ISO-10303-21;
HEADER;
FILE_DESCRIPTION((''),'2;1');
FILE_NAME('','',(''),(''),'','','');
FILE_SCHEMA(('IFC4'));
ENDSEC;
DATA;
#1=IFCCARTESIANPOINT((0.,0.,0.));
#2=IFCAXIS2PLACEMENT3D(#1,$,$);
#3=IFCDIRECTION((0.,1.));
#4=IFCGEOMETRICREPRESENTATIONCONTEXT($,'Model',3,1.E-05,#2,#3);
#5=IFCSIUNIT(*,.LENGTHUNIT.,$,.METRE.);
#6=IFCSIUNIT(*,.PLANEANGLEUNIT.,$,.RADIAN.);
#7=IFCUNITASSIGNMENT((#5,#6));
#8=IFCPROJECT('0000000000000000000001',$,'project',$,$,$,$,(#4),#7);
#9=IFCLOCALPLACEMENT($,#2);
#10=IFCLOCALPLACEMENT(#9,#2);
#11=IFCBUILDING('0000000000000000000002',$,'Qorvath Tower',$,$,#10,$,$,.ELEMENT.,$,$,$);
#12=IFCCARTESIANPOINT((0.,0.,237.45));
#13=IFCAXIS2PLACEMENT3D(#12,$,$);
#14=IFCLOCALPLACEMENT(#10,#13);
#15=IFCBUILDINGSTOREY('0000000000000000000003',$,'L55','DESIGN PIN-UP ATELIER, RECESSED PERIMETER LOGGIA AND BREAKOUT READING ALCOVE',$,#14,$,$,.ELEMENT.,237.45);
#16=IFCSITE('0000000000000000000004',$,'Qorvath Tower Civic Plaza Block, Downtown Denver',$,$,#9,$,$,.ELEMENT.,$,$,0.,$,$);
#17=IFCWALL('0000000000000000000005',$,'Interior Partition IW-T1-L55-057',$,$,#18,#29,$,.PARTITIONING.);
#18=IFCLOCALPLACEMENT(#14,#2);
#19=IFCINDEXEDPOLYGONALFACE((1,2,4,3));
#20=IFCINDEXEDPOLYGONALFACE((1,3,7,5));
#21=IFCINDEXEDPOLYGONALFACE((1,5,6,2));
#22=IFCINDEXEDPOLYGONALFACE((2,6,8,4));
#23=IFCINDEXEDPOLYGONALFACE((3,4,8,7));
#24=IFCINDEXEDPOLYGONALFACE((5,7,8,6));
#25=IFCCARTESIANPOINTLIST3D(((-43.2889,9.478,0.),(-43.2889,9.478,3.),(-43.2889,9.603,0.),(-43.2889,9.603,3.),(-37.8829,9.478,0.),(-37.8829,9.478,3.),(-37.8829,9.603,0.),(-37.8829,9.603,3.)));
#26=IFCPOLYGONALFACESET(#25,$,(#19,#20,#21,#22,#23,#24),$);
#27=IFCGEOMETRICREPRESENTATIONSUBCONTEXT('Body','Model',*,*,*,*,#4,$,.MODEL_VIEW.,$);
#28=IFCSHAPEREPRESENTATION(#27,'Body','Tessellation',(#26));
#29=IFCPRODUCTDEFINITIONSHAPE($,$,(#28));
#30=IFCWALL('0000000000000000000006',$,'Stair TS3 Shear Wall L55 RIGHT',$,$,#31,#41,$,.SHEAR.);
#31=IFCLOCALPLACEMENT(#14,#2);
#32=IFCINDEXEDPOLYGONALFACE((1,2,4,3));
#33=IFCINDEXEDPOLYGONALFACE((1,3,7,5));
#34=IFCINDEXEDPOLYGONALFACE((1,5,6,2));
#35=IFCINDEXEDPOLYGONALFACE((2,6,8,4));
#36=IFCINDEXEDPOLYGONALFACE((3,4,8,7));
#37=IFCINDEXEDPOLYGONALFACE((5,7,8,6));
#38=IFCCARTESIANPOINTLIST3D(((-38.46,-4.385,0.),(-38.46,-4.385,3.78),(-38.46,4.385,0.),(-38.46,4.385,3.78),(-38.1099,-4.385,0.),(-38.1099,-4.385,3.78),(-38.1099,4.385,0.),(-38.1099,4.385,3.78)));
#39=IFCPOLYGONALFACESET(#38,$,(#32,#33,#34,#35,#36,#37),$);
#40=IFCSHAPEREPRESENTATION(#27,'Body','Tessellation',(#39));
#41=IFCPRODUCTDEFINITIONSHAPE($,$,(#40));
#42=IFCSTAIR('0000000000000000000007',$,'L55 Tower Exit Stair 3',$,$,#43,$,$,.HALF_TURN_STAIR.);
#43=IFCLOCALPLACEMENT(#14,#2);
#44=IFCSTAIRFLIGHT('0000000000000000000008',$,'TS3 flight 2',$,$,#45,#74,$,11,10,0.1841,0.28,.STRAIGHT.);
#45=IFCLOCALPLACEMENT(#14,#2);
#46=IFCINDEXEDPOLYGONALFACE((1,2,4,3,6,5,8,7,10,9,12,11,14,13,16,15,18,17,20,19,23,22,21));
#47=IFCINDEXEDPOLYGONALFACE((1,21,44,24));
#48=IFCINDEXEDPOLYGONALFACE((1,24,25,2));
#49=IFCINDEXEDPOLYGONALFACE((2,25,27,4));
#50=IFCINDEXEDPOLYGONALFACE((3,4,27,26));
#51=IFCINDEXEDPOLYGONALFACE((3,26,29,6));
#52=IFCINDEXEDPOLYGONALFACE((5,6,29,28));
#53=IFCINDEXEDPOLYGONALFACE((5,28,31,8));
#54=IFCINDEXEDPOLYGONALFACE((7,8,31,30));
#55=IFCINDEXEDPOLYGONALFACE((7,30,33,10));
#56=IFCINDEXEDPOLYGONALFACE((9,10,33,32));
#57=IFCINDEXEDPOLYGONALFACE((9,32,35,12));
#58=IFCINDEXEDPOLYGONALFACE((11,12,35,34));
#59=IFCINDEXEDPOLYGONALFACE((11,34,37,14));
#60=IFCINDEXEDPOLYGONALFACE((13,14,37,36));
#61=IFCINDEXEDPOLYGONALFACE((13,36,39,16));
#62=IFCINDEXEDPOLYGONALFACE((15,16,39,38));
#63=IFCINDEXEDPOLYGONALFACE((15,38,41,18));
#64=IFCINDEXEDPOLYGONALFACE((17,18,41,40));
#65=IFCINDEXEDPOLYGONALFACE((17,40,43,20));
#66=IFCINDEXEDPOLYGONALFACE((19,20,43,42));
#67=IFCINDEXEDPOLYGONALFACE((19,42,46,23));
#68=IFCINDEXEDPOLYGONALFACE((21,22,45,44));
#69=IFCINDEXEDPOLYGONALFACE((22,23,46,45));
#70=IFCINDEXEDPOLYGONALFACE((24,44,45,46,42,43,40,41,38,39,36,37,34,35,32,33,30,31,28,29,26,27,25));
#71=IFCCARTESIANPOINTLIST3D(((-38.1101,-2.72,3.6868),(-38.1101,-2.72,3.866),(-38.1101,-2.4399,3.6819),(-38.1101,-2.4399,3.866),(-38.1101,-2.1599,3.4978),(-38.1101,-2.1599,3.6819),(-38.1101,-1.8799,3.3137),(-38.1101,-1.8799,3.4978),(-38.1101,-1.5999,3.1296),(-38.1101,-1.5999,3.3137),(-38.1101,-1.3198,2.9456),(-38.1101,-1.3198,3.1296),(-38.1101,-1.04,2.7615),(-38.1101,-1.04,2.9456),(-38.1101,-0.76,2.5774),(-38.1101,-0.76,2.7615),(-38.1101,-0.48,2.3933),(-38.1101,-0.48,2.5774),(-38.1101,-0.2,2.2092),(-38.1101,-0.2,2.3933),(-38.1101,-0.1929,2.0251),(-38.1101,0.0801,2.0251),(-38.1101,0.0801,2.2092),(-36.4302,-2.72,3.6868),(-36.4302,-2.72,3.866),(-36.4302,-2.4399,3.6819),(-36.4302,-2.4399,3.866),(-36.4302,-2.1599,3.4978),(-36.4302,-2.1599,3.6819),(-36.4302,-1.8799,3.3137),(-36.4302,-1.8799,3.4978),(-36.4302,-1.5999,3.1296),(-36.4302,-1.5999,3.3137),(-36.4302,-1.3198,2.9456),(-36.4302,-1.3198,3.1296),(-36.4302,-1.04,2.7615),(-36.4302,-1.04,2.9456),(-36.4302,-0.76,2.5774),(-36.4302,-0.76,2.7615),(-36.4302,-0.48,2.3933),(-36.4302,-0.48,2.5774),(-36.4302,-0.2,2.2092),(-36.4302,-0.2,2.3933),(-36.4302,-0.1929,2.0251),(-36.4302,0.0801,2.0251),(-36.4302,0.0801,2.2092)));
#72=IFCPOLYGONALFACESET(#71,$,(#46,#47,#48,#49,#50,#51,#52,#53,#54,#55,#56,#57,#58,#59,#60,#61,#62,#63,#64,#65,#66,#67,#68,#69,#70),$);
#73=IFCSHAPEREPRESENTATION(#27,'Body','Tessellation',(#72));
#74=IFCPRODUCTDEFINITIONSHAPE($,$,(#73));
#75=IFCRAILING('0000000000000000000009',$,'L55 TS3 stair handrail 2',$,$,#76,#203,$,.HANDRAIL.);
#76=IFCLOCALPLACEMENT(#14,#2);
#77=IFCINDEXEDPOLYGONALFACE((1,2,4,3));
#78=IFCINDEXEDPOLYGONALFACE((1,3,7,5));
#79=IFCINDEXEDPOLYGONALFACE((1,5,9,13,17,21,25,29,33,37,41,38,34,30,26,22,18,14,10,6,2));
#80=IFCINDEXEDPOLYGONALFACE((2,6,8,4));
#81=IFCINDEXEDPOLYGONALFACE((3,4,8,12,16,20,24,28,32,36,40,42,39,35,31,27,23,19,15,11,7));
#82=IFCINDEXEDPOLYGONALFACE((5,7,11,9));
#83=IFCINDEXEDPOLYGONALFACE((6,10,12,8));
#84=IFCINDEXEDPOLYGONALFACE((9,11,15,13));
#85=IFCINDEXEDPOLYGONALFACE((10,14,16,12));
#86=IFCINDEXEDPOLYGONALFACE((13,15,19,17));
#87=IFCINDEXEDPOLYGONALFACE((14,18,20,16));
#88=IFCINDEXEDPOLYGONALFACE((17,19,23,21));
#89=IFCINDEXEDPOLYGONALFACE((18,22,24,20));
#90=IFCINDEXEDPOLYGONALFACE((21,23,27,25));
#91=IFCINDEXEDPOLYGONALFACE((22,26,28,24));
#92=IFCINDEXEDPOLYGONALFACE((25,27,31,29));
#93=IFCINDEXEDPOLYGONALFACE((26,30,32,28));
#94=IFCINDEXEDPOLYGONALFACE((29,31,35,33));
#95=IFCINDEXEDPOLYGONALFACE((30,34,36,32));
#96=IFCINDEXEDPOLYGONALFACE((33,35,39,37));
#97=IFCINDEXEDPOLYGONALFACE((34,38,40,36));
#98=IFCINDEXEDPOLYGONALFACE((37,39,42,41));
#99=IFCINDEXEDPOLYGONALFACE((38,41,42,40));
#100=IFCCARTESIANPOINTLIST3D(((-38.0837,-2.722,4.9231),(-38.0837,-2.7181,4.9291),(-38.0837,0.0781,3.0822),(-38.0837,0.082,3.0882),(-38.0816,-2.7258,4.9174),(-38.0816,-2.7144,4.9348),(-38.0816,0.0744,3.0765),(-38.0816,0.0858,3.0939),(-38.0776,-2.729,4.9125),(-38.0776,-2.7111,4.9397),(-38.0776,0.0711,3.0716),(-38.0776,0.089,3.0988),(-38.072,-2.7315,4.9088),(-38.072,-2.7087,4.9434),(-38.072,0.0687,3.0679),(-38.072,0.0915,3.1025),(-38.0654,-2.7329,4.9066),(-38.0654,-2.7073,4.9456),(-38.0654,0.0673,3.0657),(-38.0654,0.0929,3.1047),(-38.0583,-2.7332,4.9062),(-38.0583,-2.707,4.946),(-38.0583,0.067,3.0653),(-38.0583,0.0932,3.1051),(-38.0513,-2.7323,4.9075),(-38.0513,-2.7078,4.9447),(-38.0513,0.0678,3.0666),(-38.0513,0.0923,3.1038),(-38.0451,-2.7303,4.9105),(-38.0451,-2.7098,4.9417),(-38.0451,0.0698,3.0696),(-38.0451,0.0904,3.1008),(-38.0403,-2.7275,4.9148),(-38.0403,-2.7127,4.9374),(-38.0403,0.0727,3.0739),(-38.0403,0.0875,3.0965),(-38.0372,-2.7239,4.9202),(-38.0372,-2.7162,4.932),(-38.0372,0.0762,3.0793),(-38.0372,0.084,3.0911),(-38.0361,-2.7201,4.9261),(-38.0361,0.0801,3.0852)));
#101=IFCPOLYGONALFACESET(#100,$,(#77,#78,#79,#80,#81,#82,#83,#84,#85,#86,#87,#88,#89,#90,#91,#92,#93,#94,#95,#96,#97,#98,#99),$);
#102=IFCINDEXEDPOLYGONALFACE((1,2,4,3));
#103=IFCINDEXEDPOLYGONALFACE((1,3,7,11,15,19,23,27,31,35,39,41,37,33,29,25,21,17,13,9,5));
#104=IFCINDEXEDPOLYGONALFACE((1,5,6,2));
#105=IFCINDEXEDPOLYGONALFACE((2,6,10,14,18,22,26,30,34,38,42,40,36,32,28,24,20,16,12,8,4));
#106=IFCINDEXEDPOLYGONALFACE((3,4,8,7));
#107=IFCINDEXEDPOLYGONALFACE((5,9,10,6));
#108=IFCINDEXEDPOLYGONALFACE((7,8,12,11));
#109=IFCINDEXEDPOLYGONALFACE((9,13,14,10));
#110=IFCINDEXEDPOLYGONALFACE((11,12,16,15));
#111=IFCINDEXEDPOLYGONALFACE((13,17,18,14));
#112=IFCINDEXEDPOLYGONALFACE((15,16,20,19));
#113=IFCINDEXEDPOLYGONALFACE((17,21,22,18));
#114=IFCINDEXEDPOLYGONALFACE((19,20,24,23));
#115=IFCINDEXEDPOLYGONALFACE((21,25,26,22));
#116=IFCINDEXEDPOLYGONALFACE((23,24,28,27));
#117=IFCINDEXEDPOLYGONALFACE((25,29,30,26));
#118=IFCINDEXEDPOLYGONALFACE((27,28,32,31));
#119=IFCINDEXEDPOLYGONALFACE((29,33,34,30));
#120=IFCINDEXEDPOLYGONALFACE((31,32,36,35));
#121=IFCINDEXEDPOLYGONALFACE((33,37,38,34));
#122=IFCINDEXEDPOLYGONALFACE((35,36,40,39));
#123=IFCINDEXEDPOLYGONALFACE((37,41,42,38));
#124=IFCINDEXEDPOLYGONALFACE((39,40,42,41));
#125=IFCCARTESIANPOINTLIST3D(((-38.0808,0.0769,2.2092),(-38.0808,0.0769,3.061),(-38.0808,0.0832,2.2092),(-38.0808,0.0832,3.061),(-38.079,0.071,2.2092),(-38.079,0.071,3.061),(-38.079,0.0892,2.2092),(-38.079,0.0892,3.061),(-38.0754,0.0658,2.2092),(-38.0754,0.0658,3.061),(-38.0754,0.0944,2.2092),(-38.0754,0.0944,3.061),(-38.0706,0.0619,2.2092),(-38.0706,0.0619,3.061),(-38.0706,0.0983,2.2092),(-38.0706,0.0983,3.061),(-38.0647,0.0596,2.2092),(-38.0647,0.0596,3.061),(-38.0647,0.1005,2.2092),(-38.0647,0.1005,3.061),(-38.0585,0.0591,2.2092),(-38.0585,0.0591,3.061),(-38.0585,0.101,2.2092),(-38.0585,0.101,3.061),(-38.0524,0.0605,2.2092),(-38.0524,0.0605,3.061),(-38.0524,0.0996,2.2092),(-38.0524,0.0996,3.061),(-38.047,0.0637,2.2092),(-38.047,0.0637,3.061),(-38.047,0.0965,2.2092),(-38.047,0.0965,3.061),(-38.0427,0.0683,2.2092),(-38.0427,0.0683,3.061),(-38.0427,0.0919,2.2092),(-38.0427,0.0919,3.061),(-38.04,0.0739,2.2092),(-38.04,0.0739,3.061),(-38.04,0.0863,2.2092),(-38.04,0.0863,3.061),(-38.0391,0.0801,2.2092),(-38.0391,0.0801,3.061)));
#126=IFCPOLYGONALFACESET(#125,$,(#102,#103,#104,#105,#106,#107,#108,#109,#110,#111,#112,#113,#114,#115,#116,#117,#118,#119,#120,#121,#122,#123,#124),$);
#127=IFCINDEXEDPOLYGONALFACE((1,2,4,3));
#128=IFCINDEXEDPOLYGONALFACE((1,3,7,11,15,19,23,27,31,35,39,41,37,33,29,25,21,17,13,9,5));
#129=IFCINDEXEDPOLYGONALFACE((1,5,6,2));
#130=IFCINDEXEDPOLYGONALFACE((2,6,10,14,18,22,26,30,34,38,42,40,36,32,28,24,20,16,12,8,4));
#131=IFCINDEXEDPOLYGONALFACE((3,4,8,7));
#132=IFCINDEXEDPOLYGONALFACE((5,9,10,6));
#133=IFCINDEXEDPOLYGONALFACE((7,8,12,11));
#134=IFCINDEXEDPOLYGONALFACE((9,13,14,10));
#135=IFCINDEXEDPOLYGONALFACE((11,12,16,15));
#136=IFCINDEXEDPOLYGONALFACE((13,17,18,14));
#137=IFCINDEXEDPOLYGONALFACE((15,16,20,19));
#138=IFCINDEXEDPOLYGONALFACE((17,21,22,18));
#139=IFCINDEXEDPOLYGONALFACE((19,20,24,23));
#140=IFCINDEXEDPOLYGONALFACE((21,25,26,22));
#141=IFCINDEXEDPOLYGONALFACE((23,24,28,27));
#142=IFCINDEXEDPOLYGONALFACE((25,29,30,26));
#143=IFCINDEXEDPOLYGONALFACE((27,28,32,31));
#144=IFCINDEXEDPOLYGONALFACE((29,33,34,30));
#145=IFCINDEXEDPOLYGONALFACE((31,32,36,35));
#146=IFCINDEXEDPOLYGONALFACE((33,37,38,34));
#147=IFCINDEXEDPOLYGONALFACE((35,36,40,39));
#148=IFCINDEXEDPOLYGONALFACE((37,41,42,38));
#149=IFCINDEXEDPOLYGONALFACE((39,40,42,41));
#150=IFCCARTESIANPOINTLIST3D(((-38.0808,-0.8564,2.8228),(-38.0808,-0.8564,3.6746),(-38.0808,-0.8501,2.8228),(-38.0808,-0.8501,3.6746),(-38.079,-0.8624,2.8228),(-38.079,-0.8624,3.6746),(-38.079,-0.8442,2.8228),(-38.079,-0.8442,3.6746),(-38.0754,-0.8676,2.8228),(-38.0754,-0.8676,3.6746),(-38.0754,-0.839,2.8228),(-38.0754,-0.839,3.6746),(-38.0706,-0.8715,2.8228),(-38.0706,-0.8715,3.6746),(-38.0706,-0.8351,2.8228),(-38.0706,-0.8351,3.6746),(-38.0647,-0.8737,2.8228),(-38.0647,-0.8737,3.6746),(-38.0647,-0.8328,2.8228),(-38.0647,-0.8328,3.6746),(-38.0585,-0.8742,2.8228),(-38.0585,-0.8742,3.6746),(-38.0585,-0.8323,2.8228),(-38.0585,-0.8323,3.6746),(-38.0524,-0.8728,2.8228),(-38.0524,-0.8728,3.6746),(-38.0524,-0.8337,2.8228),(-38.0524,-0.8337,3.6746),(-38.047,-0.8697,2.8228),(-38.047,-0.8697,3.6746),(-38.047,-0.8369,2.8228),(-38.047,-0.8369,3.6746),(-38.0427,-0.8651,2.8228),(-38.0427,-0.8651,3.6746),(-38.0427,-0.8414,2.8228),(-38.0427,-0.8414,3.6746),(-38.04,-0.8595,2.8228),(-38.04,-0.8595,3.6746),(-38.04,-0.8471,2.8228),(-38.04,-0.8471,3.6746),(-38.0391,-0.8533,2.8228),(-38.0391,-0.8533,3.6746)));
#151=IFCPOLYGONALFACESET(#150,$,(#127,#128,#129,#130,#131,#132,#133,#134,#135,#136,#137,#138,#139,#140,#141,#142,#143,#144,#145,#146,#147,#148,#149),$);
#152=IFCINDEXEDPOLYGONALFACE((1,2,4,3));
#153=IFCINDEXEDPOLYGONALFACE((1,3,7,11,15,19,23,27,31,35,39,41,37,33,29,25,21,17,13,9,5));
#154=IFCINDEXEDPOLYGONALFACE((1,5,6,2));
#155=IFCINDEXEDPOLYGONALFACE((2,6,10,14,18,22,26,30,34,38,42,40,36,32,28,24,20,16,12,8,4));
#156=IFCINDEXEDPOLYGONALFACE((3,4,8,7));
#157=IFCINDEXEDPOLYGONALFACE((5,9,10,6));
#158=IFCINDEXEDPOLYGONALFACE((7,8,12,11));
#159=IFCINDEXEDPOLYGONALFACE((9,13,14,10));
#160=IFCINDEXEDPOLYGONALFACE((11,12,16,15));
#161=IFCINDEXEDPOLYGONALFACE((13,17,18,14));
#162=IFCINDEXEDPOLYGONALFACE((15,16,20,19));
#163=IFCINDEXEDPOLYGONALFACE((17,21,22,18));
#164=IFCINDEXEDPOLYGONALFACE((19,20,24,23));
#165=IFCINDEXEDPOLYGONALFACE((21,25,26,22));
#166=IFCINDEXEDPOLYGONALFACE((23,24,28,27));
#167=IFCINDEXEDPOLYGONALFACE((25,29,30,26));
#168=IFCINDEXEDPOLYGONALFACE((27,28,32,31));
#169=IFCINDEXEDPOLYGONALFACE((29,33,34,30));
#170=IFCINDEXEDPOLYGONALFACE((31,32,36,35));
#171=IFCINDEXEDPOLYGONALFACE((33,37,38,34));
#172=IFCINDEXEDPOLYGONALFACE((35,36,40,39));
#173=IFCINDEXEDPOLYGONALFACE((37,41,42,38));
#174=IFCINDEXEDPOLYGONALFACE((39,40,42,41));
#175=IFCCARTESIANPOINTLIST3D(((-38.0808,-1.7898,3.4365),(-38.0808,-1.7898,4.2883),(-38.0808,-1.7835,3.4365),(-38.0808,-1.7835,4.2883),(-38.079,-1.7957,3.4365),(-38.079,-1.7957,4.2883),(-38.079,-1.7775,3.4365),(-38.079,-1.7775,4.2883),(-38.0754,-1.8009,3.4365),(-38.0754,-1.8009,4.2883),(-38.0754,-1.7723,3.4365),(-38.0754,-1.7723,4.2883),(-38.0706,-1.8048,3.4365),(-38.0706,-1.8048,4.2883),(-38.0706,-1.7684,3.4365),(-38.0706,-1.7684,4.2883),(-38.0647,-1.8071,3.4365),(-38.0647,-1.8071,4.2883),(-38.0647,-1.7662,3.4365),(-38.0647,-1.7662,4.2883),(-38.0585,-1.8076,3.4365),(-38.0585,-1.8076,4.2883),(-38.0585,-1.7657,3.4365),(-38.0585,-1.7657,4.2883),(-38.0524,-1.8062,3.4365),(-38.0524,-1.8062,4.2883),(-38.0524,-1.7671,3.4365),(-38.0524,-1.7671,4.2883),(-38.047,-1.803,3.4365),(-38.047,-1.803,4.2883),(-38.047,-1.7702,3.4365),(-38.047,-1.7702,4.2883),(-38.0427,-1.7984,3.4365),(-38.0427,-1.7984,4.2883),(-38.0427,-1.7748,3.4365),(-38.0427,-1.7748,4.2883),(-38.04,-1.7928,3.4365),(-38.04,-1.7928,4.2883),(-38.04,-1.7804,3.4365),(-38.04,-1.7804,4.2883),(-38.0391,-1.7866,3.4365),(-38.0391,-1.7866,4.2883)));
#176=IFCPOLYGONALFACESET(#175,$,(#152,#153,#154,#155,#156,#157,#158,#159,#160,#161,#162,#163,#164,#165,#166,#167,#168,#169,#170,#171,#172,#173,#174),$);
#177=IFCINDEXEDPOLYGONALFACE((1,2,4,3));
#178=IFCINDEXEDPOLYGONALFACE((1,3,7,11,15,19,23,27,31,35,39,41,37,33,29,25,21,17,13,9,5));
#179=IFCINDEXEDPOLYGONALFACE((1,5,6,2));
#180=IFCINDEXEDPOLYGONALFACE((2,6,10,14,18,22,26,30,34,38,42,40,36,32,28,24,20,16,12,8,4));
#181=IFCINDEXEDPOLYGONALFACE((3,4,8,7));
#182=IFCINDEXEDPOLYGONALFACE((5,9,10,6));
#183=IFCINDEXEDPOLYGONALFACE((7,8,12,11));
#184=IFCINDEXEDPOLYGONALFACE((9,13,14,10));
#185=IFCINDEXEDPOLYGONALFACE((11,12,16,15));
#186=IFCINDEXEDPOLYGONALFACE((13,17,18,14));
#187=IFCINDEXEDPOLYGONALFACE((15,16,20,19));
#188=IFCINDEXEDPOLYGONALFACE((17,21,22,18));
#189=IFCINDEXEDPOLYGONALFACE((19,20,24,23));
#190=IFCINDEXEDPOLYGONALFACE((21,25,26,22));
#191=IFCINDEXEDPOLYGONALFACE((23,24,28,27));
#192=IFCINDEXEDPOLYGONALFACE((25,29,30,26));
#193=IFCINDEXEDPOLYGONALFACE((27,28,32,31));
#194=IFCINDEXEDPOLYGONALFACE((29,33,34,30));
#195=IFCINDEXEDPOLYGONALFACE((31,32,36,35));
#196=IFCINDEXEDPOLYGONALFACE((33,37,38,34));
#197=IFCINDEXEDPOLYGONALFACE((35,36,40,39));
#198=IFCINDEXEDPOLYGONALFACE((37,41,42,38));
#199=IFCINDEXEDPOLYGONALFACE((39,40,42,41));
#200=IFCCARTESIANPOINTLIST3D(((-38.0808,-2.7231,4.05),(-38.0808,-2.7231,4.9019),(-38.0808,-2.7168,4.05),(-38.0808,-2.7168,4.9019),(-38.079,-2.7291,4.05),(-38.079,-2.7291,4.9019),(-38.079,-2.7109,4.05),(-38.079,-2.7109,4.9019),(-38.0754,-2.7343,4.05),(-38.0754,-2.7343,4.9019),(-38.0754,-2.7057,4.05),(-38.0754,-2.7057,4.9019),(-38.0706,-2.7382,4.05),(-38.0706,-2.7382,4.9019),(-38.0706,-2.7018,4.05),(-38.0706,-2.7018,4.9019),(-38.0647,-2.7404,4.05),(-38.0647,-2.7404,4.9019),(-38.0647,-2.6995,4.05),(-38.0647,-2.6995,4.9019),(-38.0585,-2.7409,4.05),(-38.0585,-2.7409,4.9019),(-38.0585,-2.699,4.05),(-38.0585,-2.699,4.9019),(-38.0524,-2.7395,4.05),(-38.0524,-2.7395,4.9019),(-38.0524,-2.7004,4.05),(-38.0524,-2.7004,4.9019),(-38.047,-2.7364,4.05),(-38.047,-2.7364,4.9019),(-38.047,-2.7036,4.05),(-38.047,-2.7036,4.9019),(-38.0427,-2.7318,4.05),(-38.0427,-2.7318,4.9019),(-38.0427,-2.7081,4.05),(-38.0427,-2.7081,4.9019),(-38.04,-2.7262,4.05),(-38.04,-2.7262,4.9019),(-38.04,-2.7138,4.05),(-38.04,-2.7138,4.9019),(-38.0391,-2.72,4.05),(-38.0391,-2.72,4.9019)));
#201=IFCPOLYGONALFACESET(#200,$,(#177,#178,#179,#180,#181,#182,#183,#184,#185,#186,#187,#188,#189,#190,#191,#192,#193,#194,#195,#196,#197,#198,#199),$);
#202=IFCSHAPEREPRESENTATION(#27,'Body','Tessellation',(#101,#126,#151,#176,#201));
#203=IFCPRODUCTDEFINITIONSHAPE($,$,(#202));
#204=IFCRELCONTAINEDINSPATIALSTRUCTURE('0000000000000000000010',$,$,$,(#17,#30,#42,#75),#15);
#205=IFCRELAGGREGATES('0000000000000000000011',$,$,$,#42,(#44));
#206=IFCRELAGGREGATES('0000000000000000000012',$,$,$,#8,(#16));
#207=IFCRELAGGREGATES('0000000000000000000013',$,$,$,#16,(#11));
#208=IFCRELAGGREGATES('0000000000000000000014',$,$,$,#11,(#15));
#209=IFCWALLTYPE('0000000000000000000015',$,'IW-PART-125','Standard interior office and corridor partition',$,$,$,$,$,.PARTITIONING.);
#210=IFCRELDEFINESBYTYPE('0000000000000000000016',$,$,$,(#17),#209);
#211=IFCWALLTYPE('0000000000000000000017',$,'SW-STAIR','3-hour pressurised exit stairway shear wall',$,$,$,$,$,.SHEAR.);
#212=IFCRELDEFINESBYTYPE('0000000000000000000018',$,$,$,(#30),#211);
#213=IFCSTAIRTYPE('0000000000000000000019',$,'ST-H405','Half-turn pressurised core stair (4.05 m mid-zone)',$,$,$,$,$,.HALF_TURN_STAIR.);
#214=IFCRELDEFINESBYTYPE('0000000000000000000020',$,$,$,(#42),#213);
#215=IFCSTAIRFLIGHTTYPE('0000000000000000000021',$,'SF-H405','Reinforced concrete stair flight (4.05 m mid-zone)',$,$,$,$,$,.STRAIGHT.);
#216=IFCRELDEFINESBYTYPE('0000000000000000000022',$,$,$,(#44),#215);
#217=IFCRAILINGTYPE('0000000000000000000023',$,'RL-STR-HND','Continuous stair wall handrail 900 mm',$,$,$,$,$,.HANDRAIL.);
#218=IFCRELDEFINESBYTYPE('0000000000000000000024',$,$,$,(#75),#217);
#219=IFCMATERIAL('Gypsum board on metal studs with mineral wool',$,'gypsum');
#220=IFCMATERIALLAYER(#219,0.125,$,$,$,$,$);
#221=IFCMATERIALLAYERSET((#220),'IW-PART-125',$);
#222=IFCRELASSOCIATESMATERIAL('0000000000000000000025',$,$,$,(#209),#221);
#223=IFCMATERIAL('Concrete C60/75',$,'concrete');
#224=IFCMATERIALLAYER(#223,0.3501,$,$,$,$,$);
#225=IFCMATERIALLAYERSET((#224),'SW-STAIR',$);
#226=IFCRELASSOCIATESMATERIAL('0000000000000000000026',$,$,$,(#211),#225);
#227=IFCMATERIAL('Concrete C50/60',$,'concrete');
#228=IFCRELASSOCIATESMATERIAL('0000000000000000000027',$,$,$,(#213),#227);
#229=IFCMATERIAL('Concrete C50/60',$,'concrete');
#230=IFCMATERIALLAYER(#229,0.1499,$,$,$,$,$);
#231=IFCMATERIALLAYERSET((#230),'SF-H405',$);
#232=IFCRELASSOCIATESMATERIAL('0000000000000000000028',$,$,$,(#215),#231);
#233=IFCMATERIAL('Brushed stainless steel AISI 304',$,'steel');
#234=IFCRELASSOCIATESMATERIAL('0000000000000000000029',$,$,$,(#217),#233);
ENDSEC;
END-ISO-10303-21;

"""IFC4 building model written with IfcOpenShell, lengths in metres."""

from ifc_helpers import new_model, si_unit, direction, frame, frame_2d, origin, origin_2d, place, context, subcontext, project, spatial, polyline, rectangle, circle, outline, extrude, material, layer, layer_set, type_object, element, aggregate, save


model = new_model("IFC4")

# Units and contexts
model_context = context("Model", 3, precision=1e-05, world=origin(), true_north=direction((0.0, 1.0)))
body_context = subcontext(model_context, "Body", "Model", "MODEL_VIEW")
ifc_project = project(units=[si_unit("LENGTHUNIT", "METRE"), si_unit("PLANEANGLEUNIT", "RADIAN")], contexts=[model_context])

# Site, building, storey
site_placement = place(None, origin())
site = spatial("IfcSite", under=ifc_project, at=site_placement, Name="Qorvath Tower Civic Plaza Block, Downtown Denver", CompositionType="ELEMENT", RefElevation=0.0)
building_placement = place(site_placement, origin())
building = spatial("IfcBuilding", under=site, at=building_placement, Name="Qorvath Tower", CompositionType="ELEMENT")
storey_placement = place(building_placement, frame((0.0, 0.0, 237.45)))
storey = spatial("IfcBuildingStorey", under=building, at=storey_placement, Name="L55", Description="DESIGN PIN-UP ATELIER, RECESSED PERIMETER LOGGIA AND BREAKOUT READING ALCOVE", CompositionType="ELEMENT", Elevation=237.45)

# Shared definitions
ifc_material_1 = material(Name="Gypsum board on metal studs with mineral wool", Category="gypsum")
ifc_layer_1 = layer(ifc_material_1, 0.125)
ifc_layer_set_1 = layer_set([ifc_layer_1], Name="IW-PART-125")
wall_type_1 = type_object("IfcWallType", Name="IW-PART-125", Description="Standard interior office and corridor partition", PredefinedType="PARTITIONING", material=ifc_layer_set_1)

# Walls
wall_1_placement = place(storey_placement, frame((-37.8828, 9.5405, 0.0), z_axis=(0.0, 0.0, 1.0), x_axis=(-1.0, 0.0, 0.0)))
element("IfcWall", 1, at=wall_1_placement, inside=storey, type_object=wall_type_1, Name="Interior Partition IW-T1-L55-057", PredefinedType="PARTITIONING", context=body_context, shape_type="SweptSolid", body=[
    extrude(rectangle(XDim=5.406, YDim=0.125, at=frame_2d((2.7031, 0.0))), origin(), (0.0, 0.0, 1.0), 3.0),
])
ifc_material_2 = material(Name="Concrete C60/75", Category="concrete")
ifc_layer_2 = layer(ifc_material_2, 0.3501)
ifc_layer_set_2 = layer_set([ifc_layer_2], Name="SW-STAIR")
wall_type_2 = type_object("IfcWallType", Name="SW-STAIR", Description="3-hour pressurised exit stairway shear wall", PredefinedType="SHEAR", material=ifc_layer_set_2)
wall_2_placement = place(storey_placement, frame((-38.2849, 4.385, 0.0), z_axis=(0.0, 0.0, 1.0), x_axis=(0.0, -1.0, 0.0)))
element("IfcWall", 2, at=wall_2_placement, inside=storey, type_object=wall_type_2, Name="Stair TS3 Shear Wall L55 RIGHT", PredefinedType="SHEAR", context=body_context, shape_type="SweptSolid", body=[
    extrude(rectangle(XDim=8.77, YDim=0.3501, at=frame_2d((4.385, 0.0))), origin(), (0.0, 0.0, 1.0), 3.78),
])

# Stair, stair flight
ifc_material_3 = material(Name="Concrete C50/60", Category="concrete")
stair_type = type_object("IfcStairType", Name="ST-H405", Description="Half-turn pressurised core stair (4.05 m mid-zone)", PredefinedType="HALF_TURN_STAIR", material=ifc_material_3)
stair_placement = place(storey_placement, origin())
stair = element("IfcStair", 3, at=stair_placement, inside=storey, type_object=stair_type, Name="L55 Tower Exit Stair 3", PredefinedType="HALF_TURN_STAIR")
ifc_material_4 = material(Name="Concrete C50/60", Category="concrete")
ifc_layer_3 = layer(ifc_material_4, 0.1499)
ifc_layer_set_3 = layer_set([ifc_layer_3], Name="SF-H405")
stair_flight_type = type_object("IfcStairFlightType", Name="SF-H405", Description="Reinforced concrete stair flight (4.05 m mid-zone)", PredefinedType="STRAIGHT", material=ifc_layer_set_3)
stair_flight_placement = place(storey_placement, frame((-37.27, 0.0801, 2.0251), z_axis=(0.0, 0.0, 1.0), x_axis=(0.0, -1.0, 0.0)))
stair_flight = element("IfcStairFlight", 4, at=stair_flight_placement, type_object=stair_flight_type, Name="TS3 flight 2", NumberOfRisers=11, NumberOfTreads=10, PredefinedType="STRAIGHT", RiserHeight=0.1841, TreadLength=0.28, context=body_context, shape_type="SweptSolid", body=[
    extrude(outline(polyline([(0.0, 0.0), (0.0, 0.1841), (0.28, 0.1841), (0.28, 0.3682), (0.5601, 0.3682), (0.5601, 0.5522), (0.8401, 0.5522), (0.8401, 0.7363), (1.1201, 0.7363), (1.1201, 0.9204), (1.3999, 0.9204), (1.3999, 1.1045), (1.6799, 1.1045), (1.6799, 1.2886), (1.96, 1.2886), (1.96, 1.4727), (2.24, 1.4727), (2.24, 1.6567), (2.52, 1.6567), (2.52, 1.8408), (2.8, 1.8408), (2.8, 2.0249), (2.8, 1.6616), (0.2729, 0.0), (0.0, 0.0)])), frame((0.0, 0.8398, 0.0), z_axis=(0.0, -1.0, 0.0), x_axis=(1.0, 0.0, 0.0)), (0.0, 0.0, 1.0), 1.6799),
])
aggregate(stair, [stair_flight])

# Railing
ifc_material_5 = material(Name="Brushed stainless steel AISI 304", Category="steel")
railing_type = type_object("IfcRailingType", Name="RL-STR-HND", Description="Continuous stair wall handrail 900 mm", PredefinedType="HANDRAIL", material=ifc_material_5)
railing_placement = place(storey_placement, frame((-38.0601, 0.0801, 2.2092)))
element("IfcRailing", 5, at=railing_placement, inside=storey, type_object=railing_type, Name="L55 TS3 stair handrail 2", PredefinedType="HANDRAIL", context=body_context, shape_type="SweptSolid", body=[
    extrude(circle(Radius=0.0239, at=origin_2d()), frame((0.0, 0.0, 0.876), z_axis=(0.0, -0.835598, 0.549342), x_axis=(1.0, 0.0, 0.0)), (0.0, 0.0, 1.0), 3.3511),
    extrude(circle(Radius=0.021, at=origin_2d()), origin(), (0.0, 0.0, 1.0), 0.8518),
    extrude(circle(Radius=0.021, at=origin_2d()), frame((0.0, -0.9333, 0.6135)), (0.0, 0.0, 1.0), 0.8518),
    extrude(circle(Radius=0.021, at=origin_2d()), frame((0.0, -1.8667, 1.2273)), (0.0, 0.0, 1.0), 0.8518),
    extrude(circle(Radius=0.021, at=origin_2d()), frame((0.0, -2.8, 1.8408)), (0.0, 0.0, 1.0), 0.8518),
])

save(model, "model.ifc")
